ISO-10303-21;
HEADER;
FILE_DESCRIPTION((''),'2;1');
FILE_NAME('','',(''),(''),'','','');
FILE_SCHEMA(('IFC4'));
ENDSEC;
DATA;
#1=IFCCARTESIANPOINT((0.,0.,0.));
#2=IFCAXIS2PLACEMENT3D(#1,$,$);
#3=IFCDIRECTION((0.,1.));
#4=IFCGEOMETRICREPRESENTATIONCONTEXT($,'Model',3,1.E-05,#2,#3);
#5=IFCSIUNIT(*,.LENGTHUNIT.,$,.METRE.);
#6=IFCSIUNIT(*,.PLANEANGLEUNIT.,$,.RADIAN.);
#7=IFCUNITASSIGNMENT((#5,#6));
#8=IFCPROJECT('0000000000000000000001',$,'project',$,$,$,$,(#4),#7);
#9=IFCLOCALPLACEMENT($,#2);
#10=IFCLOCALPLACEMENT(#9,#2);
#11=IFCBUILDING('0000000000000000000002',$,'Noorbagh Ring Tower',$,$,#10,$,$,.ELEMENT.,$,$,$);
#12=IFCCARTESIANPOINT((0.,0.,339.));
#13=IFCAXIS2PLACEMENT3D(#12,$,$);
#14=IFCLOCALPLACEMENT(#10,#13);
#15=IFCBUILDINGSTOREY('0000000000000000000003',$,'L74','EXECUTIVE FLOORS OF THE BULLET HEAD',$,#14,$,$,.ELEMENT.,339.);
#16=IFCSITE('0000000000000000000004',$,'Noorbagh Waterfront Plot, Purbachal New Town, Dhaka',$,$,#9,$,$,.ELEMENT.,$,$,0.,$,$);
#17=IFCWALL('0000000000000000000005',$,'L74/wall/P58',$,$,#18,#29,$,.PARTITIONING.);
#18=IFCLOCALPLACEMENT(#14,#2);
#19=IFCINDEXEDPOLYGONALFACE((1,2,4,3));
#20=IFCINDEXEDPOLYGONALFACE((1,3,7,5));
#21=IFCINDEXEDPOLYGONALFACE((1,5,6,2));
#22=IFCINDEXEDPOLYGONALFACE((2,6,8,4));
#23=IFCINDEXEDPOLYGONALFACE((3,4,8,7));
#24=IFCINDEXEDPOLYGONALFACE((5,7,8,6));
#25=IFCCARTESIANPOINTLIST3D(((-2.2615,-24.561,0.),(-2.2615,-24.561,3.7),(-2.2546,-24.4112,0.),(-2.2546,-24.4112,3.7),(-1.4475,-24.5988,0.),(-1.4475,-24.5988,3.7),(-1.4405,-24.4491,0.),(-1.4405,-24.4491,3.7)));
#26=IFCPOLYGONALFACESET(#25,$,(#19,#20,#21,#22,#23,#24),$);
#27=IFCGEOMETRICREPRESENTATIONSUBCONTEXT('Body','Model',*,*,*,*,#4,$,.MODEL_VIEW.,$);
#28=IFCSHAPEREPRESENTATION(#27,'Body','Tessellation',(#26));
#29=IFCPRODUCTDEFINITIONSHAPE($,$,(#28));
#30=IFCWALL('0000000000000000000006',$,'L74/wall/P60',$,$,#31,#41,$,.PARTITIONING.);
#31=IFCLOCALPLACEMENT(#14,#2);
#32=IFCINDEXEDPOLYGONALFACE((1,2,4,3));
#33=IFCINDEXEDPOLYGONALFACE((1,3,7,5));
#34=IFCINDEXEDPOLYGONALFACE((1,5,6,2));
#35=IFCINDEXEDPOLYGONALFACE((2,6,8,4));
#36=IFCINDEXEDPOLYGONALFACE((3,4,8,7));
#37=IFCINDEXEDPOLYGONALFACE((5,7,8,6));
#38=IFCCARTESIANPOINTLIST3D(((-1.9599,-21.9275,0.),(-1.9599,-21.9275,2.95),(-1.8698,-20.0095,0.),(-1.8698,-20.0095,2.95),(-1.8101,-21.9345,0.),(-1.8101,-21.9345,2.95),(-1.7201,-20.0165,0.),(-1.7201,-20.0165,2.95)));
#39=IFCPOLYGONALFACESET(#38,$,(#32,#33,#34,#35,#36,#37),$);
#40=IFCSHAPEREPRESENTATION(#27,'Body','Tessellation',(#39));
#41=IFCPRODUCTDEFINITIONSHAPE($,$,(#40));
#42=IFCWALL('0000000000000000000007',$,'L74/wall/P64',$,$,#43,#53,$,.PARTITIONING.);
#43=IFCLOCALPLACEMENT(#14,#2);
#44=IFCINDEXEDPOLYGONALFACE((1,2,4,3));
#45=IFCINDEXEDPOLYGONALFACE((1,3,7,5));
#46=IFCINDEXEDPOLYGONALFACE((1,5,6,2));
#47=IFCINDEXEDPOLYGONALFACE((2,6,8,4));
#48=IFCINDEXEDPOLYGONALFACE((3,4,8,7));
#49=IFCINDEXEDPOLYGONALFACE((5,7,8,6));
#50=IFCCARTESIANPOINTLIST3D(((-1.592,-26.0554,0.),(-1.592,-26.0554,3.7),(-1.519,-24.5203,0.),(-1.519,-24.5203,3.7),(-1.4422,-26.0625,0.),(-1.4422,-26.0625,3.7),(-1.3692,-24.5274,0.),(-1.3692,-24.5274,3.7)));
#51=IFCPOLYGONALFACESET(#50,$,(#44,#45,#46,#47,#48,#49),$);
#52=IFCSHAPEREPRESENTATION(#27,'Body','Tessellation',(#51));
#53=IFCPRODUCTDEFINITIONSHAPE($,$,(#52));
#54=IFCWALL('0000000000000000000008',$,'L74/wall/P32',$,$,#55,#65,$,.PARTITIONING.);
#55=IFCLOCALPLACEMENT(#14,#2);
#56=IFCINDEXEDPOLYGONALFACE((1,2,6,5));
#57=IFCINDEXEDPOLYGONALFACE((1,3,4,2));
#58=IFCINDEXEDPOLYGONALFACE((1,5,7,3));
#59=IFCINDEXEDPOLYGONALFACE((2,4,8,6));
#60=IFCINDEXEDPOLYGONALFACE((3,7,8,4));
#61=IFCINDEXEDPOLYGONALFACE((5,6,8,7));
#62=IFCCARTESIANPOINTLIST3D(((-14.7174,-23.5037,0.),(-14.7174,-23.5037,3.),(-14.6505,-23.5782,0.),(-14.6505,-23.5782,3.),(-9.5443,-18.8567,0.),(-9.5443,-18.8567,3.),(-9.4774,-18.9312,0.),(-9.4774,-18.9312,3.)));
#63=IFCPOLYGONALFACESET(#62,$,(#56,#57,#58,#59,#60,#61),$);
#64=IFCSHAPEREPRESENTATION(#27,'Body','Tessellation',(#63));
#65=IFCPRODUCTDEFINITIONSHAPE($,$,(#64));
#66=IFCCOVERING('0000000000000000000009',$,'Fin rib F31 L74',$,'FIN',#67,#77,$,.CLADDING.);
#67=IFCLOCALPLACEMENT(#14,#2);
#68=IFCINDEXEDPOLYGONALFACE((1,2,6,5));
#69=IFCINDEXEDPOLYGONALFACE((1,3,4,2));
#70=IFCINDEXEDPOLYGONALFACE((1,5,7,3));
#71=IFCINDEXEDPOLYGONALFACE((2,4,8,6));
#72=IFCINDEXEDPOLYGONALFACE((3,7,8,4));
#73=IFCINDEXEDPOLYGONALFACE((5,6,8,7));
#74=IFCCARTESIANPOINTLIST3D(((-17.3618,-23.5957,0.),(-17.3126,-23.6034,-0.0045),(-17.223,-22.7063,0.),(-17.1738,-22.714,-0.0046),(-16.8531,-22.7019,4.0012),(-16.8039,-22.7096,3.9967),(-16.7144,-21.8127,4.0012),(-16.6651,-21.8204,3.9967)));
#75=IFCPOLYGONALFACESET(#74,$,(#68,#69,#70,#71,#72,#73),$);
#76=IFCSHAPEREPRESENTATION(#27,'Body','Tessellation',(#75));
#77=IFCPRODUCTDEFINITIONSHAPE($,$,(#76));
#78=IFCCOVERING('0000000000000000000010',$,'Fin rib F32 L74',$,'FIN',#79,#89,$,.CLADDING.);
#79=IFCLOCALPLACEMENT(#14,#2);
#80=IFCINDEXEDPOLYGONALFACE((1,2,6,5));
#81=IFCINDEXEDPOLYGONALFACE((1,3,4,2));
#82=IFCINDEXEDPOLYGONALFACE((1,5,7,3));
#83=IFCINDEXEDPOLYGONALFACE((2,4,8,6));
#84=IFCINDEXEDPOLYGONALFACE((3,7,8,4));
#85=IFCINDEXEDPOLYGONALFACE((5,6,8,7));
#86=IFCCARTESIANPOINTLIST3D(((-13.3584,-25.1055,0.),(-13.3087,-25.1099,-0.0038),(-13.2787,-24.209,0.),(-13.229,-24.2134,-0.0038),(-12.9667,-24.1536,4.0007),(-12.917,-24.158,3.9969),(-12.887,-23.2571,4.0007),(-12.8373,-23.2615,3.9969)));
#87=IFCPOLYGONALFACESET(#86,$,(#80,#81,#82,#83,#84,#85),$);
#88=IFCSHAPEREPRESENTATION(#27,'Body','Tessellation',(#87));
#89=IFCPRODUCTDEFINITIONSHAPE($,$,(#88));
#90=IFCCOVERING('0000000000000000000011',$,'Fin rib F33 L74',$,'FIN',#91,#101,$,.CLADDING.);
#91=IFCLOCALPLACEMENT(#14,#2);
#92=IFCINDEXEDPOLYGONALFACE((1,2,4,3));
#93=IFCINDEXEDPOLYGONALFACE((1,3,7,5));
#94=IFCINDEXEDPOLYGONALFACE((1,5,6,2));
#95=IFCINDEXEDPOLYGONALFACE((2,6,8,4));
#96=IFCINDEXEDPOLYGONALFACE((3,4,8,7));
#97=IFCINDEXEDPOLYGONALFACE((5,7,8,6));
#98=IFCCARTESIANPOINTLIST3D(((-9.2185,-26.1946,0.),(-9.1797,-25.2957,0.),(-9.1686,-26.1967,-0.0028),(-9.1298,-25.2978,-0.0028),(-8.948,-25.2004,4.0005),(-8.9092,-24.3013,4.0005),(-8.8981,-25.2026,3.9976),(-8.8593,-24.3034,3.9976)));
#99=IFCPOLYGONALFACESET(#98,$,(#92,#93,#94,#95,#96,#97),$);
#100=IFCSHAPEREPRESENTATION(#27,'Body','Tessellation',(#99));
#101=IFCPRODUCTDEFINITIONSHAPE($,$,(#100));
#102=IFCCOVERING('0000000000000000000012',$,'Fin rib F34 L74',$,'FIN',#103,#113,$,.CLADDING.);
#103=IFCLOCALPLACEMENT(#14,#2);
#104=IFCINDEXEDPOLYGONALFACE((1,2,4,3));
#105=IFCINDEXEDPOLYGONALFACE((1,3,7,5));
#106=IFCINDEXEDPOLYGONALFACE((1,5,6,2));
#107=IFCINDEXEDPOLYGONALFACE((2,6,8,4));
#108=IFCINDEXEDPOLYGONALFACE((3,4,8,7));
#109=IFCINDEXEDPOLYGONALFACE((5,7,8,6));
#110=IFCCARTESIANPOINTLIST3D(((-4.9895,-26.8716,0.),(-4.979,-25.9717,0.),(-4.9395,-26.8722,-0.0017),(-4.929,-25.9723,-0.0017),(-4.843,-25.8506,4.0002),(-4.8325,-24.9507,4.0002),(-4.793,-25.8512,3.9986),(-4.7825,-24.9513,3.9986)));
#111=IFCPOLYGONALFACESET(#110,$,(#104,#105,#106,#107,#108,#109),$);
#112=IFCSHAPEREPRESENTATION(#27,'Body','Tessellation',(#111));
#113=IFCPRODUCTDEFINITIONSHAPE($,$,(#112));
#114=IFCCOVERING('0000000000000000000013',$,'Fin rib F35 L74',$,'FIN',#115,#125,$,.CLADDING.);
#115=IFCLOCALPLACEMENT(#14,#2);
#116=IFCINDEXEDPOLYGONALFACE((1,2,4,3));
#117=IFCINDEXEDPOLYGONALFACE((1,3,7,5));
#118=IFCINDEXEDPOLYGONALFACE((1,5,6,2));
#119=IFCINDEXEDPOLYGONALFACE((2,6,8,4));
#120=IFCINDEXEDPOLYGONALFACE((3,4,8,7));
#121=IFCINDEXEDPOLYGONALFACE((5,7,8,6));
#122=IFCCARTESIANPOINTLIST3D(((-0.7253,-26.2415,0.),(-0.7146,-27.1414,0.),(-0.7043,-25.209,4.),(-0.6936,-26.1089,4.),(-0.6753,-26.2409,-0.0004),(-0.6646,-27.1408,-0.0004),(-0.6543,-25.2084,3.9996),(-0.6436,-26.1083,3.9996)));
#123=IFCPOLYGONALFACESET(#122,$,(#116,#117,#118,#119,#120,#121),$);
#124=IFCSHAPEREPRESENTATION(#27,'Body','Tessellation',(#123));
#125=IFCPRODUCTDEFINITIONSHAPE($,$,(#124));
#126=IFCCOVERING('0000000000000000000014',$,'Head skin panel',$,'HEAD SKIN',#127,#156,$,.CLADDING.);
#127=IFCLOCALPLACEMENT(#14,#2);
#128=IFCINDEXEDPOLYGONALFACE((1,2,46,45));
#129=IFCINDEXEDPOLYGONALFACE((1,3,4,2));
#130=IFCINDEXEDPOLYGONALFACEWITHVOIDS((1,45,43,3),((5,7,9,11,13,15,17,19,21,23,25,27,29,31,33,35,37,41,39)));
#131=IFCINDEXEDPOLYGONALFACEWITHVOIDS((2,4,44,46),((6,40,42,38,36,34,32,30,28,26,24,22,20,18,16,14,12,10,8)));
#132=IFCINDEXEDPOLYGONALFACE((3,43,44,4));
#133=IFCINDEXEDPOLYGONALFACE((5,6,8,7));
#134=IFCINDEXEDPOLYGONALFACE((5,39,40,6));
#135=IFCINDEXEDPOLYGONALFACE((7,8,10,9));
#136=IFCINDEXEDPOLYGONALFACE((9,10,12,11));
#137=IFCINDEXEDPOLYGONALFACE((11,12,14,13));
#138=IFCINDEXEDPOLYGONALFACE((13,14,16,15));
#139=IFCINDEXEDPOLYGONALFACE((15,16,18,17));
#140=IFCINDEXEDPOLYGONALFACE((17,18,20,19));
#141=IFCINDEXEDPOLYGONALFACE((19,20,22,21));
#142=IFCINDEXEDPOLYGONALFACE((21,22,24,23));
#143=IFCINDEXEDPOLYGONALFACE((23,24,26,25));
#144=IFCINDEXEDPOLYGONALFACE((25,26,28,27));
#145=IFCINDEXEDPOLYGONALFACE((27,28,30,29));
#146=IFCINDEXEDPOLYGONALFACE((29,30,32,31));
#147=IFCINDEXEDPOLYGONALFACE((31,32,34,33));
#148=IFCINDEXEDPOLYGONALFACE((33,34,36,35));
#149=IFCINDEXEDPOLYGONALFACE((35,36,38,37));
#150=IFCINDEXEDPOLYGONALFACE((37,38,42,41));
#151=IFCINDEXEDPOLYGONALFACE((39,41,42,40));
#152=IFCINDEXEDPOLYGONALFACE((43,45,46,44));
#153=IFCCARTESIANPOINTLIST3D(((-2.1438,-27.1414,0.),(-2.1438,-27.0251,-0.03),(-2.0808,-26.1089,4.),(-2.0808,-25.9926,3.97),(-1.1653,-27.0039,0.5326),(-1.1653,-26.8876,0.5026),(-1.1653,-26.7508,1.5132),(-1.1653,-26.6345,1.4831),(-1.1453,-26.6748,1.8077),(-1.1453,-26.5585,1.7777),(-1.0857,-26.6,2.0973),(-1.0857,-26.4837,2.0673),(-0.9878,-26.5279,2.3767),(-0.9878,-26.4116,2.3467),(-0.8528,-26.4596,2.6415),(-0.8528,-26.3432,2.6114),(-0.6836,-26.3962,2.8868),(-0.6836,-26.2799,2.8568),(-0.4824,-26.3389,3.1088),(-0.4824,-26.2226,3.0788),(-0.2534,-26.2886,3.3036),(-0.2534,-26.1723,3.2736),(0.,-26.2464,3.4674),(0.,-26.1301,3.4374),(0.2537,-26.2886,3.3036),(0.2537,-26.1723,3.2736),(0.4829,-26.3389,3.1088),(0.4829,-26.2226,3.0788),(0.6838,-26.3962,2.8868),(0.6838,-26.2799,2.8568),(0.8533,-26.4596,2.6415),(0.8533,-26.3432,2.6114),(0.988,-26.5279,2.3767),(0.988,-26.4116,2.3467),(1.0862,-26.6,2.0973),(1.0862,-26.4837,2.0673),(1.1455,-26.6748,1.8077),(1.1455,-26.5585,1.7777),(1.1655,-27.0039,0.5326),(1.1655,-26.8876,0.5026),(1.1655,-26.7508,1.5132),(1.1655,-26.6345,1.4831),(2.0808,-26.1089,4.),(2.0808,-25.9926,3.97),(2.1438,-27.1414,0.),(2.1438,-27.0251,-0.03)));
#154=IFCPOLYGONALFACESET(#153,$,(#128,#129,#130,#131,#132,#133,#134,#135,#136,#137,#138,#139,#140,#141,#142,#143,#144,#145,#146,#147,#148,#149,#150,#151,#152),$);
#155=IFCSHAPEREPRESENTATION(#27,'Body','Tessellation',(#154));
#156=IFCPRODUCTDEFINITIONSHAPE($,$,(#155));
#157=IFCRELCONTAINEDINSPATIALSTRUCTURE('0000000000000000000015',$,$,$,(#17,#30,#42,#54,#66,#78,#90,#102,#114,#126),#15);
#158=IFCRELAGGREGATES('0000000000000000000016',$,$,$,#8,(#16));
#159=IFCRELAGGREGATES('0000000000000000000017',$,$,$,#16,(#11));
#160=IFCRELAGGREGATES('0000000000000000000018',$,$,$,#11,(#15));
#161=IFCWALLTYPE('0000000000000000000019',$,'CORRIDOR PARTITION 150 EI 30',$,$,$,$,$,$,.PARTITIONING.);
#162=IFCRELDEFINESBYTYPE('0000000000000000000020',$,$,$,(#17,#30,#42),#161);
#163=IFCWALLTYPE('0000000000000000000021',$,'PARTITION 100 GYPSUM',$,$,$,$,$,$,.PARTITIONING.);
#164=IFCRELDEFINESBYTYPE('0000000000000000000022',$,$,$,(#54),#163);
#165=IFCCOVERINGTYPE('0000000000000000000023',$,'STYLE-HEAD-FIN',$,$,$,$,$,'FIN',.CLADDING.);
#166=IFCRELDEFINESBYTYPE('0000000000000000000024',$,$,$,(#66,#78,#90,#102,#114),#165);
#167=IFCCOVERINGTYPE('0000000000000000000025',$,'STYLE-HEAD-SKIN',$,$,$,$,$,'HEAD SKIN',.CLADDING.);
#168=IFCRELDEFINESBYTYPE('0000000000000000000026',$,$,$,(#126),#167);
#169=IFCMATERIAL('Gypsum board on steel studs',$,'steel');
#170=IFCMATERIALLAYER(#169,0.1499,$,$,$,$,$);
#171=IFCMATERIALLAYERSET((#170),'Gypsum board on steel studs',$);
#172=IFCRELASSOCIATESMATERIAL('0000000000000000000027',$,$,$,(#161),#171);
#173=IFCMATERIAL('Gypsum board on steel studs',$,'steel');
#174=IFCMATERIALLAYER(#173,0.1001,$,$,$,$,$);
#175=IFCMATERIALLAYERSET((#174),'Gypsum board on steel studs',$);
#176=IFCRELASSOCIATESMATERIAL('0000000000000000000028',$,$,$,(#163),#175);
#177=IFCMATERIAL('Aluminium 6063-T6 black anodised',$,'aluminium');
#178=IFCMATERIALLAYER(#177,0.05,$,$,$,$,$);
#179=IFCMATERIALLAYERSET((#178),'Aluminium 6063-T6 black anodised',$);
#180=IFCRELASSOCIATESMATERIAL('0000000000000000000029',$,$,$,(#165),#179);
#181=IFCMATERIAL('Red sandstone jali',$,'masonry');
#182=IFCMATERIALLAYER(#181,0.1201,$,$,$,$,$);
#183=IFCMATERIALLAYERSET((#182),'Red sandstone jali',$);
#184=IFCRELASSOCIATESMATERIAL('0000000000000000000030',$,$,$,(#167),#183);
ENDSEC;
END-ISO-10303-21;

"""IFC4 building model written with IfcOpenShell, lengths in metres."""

from ifc_helpers import new_model, si_unit, direction, frame, frame_2d, origin, place, context, subcontext, project, spatial, polyline, rectangle, outline, extrude, material, layer, layer_set, type_object, element, save


model = new_model("IFC4")

# Units and contexts
model_context = context("Model", 3, precision=1e-05, world=origin(), true_north=direction((0.0, 1.0)))
body_context = subcontext(model_context, "Body", "Model", "MODEL_VIEW")
ifc_project = project(units=[si_unit("LENGTHUNIT", "METRE"), si_unit("PLANEANGLEUNIT", "RADIAN")], contexts=[model_context])

# Site, building, storey
site_placement = place(None, origin())
site = spatial("IfcSite", under=ifc_project, at=site_placement, Name="Noorbagh Waterfront Plot, Purbachal New Town, Dhaka", CompositionType="ELEMENT", RefElevation=0.0)
building_placement = place(site_placement, origin())
building = spatial("IfcBuilding", under=site, at=building_placement, Name="Noorbagh Ring Tower", CompositionType="ELEMENT")
storey_placement = place(building_placement, frame((0.0, 0.0, 339.0)))
storey = spatial("IfcBuildingStorey", under=building, at=storey_placement, Name="L74", Description="EXECUTIVE FLOORS OF THE BULLET HEAD", CompositionType="ELEMENT", Elevation=339.0)

# Walls
ifc_material_1 = material(Name="Gypsum board on steel studs", Category="steel")
ifc_layer_1 = layer(ifc_material_1, 0.1499)
ifc_layer_set_1 = layer_set([ifc_layer_1], Name="Gypsum board on steel studs")
wall_type_1 = type_object("IfcWallType", Name="CORRIDOR PARTITION 150 EI 30", PredefinedType="PARTITIONING", material=ifc_layer_set_1)
wall_1_placement = place(storey_placement, frame((-2.2581, -24.4861, 0.0), z_axis=(0.0, 0.0, 1.0), x_axis=(0.998921, -0.046441, 0.0)))
element("IfcWall", 1, at=wall_1_placement, inside=storey, type_object=wall_type_1, Name="L74/wall/P58", PredefinedType="PARTITIONING", context=body_context, shape_type="SweptSolid", body=[
    extrude(rectangle(XDim=0.8149, YDim=0.1499, at=frame_2d((0.4075, 0.0))), origin(), (0.0, 0.0, 1.0), 3.7),
])
wall_2_placement = place(storey_placement, frame((-1.885, -21.9309, 0.0), z_axis=(0.0, 0.0, 1.0), x_axis=(0.046919, 0.998899, 0.0)))
element("IfcWall", 2, at=wall_2_placement, inside=storey, type_object=wall_type_1, Name="L74/wall/P60", PredefinedType="PARTITIONING", context=body_context, shape_type="SweptSolid", body=[
    extrude(rectangle(XDim=1.9202, YDim=0.1499, at=frame_2d((0.96, 0.0))), origin(), (0.0, 0.0, 1.0), 2.95),
])
wall_3_placement = place(storey_placement, frame((-1.5171, -26.0591, 0.0), z_axis=(0.0, 0.0, 1.0), x_axis=(0.047497, 0.998871, 0.0)))
element("IfcWall", 3, at=wall_3_placement, inside=storey, type_object=wall_type_1, Name="L74/wall/P64", PredefinedType="PARTITIONING", context=body_context, shape_type="SweptSolid", body=[
    extrude(rectangle(XDim=1.5369, YDim=0.1499, at=frame_2d((0.7686, 0.0))), origin(), (0.0, 0.0, 1.0), 3.7),
])
ifc_material_2 = material(Name="Gypsum board on steel studs", Category="steel")
ifc_layer_2 = layer(ifc_material_2, 0.1001)
ifc_layer_set_2 = layer_set([ifc_layer_2], Name="Gypsum board on steel studs")
wall_type_2 = type_object("IfcWallType", Name="PARTITION 100 GYPSUM", PredefinedType="PARTITIONING", material=ifc_layer_set_2)
wall_4_placement = place(storey_placement, frame((-14.6841, -23.541, 0.0), z_axis=(0.0, 0.0, 1.0), x_axis=(0.743924, 0.668264, 0.0)))
element("IfcWall", 4, at=wall_4_placement, inside=storey, type_object=wall_type_2, Name="L74/wall/P32", PredefinedType="PARTITIONING", context=body_context, shape_type="SweptSolid", body=[
    extrude(rectangle(XDim=6.9539, YDim=0.1001, at=frame_2d((3.4771, 0.0))), origin(), (0.0, 0.0, 1.0), 3.0),
])

# Coverings
ifc_material_3 = material(Name="Aluminium 6063-T6 black anodised", Category="aluminium")
ifc_layer_3 = layer(ifc_material_3, 0.05)
ifc_layer_set_3 = layer_set([ifc_layer_3], Name="Aluminium 6063-T6 black anodised")
covering_type_1 = type_object("IfcCoveringType", Name="STYLE-HEAD-FIN", ElementType="FIN", PredefinedType="CLADDING", material=ifc_layer_set_3)
covering_1_placement = place(storey_placement, frame((-17.3618, -23.5957, 0.0), z_axis=(-0.983958, 0.15357, 0.090788), x_axis=(0.12313, 0.216345, 0.968521)))
element("IfcCovering", 5, at=covering_1_placement, inside=storey, type_object=covering_type_1, Name="Fin rib F31 L74", ObjectType="FIN", PredefinedType="CLADDING", context=body_context, shape_type="SweptSolid", body=[
    extrude(outline(polyline([(0.0, 0.0), (4.1313, 0.0), (4.3407, 0.8752), (0.2095, 0.8754), (0.0, 0.0)])), origin(), (0.0, 0.0, -1.0), 0.05),
])
covering_2_placement = place(storey_placement, frame((-13.3584, -25.1055, 0.0), z_axis=(-0.993172, 0.088309, 0.076233), x_axis=(0.094824, 0.230426, 0.968459)))
element("IfcCovering", 6, at=covering_2_placement, inside=storey, type_object=covering_type_1, Name="Fin rib F32 L74", ObjectType="FIN", PredefinedType="CLADDING", context=body_context, shape_type="SweptSolid", body=[
    extrude(outline(polyline([(0.0, 0.0), (4.131, 0.0), (4.3452, 0.8742), (0.2141, 0.8742), (0.0, 0.0)])), origin(), (0.0, 0.0, -1.0), 0.05),
])
covering_3_placement = place(storey_placement, frame((-9.2185, -26.1946, 0.0), z_axis=(-0.997459, 0.043067, 0.056743), x_axis=(0.065481, 0.240652, 0.9684)))
element("IfcCovering", 7, at=covering_3_placement, inside=storey, type_object=covering_type_1, Name="Fin rib F33 L74", ObjectType="FIN", PredefinedType="CLADDING", context=body_context, shape_type="SweptSolid", body=[
    extrude(outline(polyline([(0.0, 0.0), (4.131, 0.0), (4.35, 0.873), (0.2189, 0.8727), (0.0, 0.0)])), origin(), (0.0, 0.0, -1.0), 0.05),
])
covering_4_placement = place(storey_placement, frame((-4.9895, -26.8716, 0.0), z_axis=(-0.999367, 0.011658, 0.03362), x_axis=(0.035459, 0.24715, 0.968328)))
element("IfcCovering", 8, at=covering_4_placement, inside=storey, type_object=covering_type_1, Name="Fin rib F34 L74", ObjectType="FIN", PredefinedType="CLADDING", context=body_context, shape_type="SweptSolid", body=[
    extrude(outline(polyline([(0.0, 0.0), (4.1311, 0.0), (4.3539, 0.872), (0.2228, 0.872), (0.0, 0.0)])), origin(), (0.0, 0.0, -1.0), 0.05),
])
covering_5_placement = place(storey_placement, frame((-0.7146, -27.1414, 0.0), z_axis=(-0.999894, -0.011936, 0.008329), x_axis=(0.005082, 0.249923, 0.968252)))
element("IfcCovering", 9, at=covering_5_placement, inside=storey, type_object=covering_type_1, Name="Fin rib F35 L74", ObjectType="FIN", PredefinedType="CLADDING", context=body_context, shape_type="SweptSolid", body=[
    extrude(outline(polyline([(0.0, 0.0), (4.1312, 0.0), (4.356, 0.8714), (0.2249, 0.8714), (0.0, 0.0)])), origin(), (0.0, 0.0, -1.0), 0.05),
])
ifc_material_4 = material(Name="Red sandstone jali", Category="masonry")
ifc_layer_4 = layer(ifc_material_4, 0.1201)
ifc_layer_set_4 = layer_set([ifc_layer_4], Name="Red sandstone jali")
covering_type_2 = type_object("IfcCoveringType", Name="STYLE-HEAD-SKIN", ElementType="HEAD SKIN", PredefinedType="CLADDING", material=ifc_layer_set_4)
covering_6_placement = place(storey_placement, frame((-2.1438, -27.1414, 0.0), z_axis=(0.0, -0.968265, 0.249926), x_axis=(1.0, 0.0, 0.0)))
element("IfcCovering", 10, at=covering_6_placement, inside=storey, type_object=covering_type_2, Name="Head skin panel", ObjectType="HEAD SKIN", PredefinedType="CLADDING", context=body_context, shape_type="SweptSolid", body=[
    extrude(outline(polyline([(0.0, 0.0), (4.2876, 0.0), (4.2246, 4.1311), (0.063, 4.1311), (0.0, 0.0)]), holes=[polyline([(0.9785, 0.55), (0.9785, 1.5627), (0.9985, 1.8669), (1.0581, 2.166), (1.156, 2.4546), (1.291, 2.728), (1.4602, 2.9814), (1.6614, 3.2107), (1.8904, 3.4119), (2.1438, 3.5811), (2.3975, 3.4119), (2.6267, 3.2107), (2.8276, 2.9814), (2.9971, 2.728), (3.1318, 2.4546), (3.23, 2.166), (3.2893, 1.8669), (3.3093, 1.5627), (3.3093, 0.55), (0.9785, 0.55)])]), origin(), (0.0, 0.0, -1.0), 0.1201),
])

save(model, "model.ifc")
